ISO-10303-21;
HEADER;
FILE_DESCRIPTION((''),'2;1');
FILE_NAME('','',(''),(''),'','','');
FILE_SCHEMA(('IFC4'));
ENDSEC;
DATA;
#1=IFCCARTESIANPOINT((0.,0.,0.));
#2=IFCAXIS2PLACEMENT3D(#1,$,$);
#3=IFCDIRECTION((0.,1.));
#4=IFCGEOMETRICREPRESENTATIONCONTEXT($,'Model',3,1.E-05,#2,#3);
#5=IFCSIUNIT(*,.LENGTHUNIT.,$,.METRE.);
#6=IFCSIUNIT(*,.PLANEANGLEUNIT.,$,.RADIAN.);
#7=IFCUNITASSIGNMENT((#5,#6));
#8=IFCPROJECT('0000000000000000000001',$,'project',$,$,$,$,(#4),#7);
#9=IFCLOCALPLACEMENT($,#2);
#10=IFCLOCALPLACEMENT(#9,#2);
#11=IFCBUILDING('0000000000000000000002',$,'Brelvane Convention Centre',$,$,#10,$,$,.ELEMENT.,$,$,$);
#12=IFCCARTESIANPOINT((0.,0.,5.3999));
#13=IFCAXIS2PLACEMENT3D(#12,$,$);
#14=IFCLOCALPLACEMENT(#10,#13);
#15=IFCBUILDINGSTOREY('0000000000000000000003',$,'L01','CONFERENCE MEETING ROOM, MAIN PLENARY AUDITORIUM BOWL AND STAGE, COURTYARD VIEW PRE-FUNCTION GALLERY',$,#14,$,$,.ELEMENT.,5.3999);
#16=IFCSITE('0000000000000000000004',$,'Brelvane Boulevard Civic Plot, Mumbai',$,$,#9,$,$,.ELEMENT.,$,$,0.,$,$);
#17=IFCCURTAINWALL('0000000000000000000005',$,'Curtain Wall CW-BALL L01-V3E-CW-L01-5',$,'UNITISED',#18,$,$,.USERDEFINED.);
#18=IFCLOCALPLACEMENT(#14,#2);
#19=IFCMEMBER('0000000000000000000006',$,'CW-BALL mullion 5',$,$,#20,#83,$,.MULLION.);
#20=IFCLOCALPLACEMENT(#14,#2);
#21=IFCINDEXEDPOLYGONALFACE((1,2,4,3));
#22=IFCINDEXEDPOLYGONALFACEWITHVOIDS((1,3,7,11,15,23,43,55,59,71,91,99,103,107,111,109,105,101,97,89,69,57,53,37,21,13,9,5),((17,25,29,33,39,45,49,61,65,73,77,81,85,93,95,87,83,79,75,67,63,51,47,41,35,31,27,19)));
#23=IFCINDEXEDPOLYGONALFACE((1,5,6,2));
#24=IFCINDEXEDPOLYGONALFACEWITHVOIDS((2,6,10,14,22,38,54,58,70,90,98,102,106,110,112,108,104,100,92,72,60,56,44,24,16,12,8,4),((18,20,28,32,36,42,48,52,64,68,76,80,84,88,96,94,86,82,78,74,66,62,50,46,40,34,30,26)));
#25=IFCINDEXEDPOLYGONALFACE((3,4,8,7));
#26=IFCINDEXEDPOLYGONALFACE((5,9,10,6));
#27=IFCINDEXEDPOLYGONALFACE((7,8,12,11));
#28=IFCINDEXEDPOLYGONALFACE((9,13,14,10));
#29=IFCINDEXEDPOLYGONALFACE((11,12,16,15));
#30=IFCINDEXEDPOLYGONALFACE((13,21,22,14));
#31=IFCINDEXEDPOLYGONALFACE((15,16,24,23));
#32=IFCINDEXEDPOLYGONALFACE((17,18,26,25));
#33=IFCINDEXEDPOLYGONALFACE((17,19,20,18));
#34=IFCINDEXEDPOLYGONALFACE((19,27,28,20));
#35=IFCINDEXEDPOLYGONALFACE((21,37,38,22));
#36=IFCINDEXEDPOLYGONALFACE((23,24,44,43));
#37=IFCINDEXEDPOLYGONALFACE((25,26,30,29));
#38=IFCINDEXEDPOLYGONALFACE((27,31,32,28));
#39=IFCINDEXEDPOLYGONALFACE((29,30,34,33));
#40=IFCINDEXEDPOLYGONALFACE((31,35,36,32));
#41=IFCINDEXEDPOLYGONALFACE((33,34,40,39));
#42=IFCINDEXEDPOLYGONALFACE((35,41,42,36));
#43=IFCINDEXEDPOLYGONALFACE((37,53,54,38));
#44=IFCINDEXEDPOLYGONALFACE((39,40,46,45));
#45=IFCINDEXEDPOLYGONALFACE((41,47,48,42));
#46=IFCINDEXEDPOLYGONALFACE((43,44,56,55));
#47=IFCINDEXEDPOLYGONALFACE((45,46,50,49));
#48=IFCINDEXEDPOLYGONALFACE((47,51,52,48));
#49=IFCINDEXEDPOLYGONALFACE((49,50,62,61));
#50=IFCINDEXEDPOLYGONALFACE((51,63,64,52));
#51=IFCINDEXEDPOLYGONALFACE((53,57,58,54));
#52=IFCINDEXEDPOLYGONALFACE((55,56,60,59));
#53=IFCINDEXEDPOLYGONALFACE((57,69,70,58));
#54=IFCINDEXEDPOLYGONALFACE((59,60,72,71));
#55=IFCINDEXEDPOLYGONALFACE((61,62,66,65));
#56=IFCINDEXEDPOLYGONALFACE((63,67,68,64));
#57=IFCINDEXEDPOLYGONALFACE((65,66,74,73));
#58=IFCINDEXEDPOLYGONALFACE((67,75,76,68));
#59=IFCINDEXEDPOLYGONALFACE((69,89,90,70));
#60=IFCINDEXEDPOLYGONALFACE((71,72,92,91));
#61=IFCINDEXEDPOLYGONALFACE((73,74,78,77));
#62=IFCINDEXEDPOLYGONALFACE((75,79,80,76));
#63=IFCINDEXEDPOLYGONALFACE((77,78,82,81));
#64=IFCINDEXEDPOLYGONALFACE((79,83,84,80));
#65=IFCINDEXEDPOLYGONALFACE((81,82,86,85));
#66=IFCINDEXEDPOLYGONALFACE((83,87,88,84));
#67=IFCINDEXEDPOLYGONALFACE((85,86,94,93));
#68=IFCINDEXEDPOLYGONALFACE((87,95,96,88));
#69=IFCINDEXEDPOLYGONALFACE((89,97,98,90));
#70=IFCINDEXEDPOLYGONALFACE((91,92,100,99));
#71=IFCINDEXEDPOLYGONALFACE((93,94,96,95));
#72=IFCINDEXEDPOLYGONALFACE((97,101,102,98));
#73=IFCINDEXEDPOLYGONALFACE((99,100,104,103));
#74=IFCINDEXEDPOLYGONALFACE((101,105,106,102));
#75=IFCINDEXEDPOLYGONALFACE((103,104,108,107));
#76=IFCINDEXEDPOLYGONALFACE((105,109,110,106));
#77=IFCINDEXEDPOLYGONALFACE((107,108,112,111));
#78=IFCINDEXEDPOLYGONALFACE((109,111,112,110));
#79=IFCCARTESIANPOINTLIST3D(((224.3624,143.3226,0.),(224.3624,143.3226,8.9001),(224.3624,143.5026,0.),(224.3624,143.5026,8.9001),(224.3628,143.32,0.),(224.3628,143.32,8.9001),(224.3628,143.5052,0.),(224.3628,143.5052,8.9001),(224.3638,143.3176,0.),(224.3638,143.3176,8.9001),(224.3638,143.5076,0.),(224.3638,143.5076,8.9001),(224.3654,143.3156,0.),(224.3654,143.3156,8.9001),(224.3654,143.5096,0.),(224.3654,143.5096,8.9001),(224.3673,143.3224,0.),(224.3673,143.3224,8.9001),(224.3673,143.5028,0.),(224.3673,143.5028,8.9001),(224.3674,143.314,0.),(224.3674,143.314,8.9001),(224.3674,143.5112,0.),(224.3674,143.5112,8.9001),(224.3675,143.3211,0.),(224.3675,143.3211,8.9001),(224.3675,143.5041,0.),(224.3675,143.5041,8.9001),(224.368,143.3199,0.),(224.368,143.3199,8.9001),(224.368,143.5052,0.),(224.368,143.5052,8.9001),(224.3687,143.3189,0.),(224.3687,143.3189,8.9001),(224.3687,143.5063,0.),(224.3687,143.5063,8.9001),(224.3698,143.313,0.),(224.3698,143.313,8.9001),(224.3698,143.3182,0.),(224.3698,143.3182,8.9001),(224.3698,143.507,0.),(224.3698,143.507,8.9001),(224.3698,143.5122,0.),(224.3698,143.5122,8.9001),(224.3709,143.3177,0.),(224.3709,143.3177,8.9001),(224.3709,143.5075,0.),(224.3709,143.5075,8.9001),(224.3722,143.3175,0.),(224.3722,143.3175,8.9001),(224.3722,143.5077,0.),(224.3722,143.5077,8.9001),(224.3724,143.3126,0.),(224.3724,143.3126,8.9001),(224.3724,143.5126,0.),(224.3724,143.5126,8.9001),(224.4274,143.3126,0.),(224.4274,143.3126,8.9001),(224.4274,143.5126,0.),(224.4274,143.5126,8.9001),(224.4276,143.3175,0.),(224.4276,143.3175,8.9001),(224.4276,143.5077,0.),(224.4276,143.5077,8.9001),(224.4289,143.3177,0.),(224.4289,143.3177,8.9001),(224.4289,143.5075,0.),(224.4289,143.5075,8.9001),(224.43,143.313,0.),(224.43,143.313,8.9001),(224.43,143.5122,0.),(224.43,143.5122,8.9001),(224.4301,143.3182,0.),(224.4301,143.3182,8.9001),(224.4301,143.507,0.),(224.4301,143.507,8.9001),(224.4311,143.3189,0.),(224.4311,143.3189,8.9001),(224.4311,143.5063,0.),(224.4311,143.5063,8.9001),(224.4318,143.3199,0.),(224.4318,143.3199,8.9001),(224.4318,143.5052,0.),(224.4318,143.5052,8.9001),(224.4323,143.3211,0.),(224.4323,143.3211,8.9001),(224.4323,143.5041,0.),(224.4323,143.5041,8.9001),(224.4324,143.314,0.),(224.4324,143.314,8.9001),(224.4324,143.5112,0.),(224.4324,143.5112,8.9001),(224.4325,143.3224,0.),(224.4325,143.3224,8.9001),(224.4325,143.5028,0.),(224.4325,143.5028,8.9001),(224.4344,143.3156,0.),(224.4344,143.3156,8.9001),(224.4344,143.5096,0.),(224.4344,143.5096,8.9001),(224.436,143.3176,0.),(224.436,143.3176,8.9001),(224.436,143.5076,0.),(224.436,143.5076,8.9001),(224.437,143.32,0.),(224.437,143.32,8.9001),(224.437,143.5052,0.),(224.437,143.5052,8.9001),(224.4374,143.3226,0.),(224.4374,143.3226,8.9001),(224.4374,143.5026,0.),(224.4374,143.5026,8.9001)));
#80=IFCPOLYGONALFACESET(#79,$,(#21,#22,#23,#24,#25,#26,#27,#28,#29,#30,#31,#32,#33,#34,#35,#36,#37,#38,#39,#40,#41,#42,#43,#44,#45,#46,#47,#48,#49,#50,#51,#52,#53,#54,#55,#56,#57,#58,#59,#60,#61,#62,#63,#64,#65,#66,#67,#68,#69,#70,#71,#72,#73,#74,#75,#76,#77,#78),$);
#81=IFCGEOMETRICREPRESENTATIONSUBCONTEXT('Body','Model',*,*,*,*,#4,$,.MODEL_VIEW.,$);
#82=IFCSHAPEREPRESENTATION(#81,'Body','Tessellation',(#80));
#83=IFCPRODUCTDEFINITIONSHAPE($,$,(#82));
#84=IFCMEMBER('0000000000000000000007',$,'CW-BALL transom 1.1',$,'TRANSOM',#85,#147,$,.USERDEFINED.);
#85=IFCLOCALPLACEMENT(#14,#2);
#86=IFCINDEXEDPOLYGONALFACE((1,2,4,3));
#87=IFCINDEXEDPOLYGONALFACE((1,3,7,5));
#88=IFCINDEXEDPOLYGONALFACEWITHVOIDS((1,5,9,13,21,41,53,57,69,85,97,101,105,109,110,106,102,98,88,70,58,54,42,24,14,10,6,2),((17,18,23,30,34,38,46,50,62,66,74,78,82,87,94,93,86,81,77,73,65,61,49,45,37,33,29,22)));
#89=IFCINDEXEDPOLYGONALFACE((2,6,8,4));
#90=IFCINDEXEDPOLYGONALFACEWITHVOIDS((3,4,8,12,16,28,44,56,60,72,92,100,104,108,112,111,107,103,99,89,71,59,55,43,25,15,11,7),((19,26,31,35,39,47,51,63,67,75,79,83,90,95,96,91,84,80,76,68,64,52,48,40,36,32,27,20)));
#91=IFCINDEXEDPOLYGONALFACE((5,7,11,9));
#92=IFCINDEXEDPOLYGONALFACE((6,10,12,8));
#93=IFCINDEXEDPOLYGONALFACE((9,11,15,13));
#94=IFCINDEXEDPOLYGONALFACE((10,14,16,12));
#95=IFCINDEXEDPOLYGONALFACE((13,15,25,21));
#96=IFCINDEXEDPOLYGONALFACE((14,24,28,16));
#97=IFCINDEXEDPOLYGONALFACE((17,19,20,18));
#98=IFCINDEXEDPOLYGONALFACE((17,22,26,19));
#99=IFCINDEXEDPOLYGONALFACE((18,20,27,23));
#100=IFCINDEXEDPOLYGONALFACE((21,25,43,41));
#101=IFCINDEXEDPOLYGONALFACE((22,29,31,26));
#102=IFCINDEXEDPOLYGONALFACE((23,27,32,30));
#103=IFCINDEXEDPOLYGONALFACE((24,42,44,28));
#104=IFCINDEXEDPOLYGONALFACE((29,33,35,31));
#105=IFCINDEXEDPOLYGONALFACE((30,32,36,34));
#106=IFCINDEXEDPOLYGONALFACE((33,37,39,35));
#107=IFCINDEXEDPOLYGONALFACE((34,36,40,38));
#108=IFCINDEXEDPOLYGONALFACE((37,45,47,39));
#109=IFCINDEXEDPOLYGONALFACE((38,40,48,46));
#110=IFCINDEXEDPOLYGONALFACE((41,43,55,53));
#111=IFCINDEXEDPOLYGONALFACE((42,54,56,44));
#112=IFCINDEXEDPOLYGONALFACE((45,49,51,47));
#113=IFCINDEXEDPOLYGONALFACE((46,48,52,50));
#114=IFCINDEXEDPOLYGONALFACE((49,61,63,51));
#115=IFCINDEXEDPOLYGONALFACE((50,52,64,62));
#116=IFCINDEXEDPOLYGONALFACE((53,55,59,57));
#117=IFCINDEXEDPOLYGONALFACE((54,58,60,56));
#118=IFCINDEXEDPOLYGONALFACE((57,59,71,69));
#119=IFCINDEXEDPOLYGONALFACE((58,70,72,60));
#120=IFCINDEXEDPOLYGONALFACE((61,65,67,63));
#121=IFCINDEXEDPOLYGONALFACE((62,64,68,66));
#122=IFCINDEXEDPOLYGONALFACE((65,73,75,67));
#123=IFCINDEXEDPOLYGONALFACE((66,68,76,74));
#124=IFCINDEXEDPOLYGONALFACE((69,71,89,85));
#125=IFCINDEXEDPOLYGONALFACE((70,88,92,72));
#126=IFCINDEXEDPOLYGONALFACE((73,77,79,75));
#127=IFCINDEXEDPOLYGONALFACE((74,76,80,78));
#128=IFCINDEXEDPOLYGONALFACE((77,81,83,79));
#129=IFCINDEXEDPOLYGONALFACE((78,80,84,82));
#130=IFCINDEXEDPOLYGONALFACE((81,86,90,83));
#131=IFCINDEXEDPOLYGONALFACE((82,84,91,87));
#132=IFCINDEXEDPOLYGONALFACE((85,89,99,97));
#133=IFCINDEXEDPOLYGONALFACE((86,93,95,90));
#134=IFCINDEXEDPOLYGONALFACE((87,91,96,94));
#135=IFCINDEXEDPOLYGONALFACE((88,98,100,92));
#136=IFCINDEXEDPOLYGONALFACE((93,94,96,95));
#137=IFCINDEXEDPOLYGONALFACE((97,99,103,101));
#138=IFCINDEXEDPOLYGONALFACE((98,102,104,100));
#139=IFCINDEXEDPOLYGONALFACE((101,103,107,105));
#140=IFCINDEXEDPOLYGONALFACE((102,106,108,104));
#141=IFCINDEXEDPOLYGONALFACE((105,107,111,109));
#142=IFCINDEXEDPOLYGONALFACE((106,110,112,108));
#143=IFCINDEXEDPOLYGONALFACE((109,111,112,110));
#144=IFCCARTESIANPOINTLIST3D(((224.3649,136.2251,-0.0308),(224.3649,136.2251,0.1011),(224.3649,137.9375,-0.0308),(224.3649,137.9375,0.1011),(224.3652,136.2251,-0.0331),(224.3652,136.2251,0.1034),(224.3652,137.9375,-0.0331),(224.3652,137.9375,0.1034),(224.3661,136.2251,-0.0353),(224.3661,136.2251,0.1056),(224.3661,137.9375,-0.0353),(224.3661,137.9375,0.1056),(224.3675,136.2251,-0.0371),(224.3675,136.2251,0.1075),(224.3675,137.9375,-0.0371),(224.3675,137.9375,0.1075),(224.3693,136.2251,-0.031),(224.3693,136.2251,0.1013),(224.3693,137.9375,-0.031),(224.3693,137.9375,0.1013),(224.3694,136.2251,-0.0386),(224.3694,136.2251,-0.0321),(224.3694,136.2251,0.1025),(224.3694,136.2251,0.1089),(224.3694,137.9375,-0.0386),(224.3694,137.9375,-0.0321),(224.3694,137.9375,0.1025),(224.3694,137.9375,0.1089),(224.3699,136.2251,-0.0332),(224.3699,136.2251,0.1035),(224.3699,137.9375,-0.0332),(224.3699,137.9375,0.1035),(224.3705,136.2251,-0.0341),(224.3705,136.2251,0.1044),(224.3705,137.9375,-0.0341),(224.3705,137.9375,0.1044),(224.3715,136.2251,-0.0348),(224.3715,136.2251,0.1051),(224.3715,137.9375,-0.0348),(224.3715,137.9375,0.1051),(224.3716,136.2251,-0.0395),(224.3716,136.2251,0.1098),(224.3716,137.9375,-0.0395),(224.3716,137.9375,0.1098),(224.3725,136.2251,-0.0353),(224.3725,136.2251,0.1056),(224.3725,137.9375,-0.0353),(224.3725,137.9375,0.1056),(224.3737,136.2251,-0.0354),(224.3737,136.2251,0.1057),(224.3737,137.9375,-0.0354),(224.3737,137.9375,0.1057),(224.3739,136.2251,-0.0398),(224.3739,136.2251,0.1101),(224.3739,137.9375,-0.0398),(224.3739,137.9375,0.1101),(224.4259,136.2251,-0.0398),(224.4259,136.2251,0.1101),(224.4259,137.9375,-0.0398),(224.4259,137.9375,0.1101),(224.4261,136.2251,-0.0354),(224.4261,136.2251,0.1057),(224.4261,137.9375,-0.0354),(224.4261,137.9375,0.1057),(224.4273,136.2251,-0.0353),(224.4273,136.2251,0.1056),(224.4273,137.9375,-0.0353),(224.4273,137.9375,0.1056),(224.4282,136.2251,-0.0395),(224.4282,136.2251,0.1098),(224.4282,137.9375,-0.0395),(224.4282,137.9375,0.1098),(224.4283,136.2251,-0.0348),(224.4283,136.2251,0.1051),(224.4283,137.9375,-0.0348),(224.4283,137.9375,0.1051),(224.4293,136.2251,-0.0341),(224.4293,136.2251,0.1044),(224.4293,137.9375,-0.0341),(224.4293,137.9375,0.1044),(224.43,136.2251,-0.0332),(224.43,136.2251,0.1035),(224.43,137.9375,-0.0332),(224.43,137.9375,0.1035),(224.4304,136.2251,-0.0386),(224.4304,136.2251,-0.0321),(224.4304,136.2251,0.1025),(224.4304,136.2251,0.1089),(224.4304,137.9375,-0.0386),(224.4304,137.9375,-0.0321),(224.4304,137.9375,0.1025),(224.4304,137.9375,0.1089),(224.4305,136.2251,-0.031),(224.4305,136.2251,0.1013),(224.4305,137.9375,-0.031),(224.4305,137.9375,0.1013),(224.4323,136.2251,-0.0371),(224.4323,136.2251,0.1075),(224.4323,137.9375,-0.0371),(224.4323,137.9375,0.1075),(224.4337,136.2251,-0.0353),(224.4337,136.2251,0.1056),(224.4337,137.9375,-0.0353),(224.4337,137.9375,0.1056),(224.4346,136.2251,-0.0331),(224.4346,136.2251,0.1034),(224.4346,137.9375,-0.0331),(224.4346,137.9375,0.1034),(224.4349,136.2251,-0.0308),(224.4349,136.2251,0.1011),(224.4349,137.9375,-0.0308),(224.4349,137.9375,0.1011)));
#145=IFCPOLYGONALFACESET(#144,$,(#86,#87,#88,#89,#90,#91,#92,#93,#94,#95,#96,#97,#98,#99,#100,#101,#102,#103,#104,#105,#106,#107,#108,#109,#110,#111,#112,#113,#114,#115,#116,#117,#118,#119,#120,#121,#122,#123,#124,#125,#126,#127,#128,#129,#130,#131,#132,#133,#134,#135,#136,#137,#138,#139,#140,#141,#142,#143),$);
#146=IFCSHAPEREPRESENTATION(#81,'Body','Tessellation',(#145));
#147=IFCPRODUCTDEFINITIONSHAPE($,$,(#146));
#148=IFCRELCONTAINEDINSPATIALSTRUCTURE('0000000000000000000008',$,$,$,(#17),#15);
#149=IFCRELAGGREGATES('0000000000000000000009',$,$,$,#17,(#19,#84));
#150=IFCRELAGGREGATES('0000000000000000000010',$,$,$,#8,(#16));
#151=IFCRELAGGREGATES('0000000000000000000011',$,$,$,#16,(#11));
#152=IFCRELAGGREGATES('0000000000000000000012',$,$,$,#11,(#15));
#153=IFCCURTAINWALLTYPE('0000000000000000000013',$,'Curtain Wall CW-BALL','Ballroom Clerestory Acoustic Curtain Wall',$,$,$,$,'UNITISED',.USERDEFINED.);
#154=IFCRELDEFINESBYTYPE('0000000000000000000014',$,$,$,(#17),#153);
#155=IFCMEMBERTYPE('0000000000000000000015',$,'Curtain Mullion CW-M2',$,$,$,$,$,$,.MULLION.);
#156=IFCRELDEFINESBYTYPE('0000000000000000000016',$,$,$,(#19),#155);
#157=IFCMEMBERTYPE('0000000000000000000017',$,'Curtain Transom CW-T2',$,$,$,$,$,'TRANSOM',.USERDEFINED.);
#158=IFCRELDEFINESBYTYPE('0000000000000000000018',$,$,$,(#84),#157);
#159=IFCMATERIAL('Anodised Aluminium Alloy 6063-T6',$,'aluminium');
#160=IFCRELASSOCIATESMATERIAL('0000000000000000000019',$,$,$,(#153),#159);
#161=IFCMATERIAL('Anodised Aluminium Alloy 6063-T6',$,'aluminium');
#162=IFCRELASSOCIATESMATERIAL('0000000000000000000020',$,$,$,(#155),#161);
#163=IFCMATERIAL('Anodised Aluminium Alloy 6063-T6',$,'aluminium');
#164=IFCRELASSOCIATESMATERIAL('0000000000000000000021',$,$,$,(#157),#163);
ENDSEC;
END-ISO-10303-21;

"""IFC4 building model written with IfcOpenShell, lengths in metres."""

from ifc_helpers import new_model, si_unit, direction, frame, origin, origin_2d, place, context, subcontext, project, spatial, hollow_rectangle, extrude, material, material_profile, profile_set, type_object, element, aggregate, save


model = new_model("IFC4")

# Units and contexts
model_context = context("Model", 3, precision=1e-05, world=origin(), true_north=direction((0.0, 1.0)))
body_context = subcontext(model_context, "Body", "Model", "MODEL_VIEW")
ifc_project = project(units=[si_unit("LENGTHUNIT", "METRE"), si_unit("PLANEANGLEUNIT", "RADIAN")], contexts=[model_context])

# Site, building, storey
site_placement = place(None, origin())
site = spatial("IfcSite", under=ifc_project, at=site_placement, Name="Brelvane Boulevard Civic Plot, Mumbai", CompositionType="ELEMENT", RefElevation=0.0)
building_placement = place(site_placement, origin())
building = spatial("IfcBuilding", under=site, at=building_placement, Name="Brelvane Convention Centre", CompositionType="ELEMENT")
storey_placement = place(building_placement, frame((0.0, 0.0, 5.3999)))
storey = spatial("IfcBuildingStorey", under=building, at=storey_placement, Name="L01", Description="CONFERENCE MEETING ROOM, MAIN PLENARY AUDITORIUM BOWL AND STAGE, COURTYARD VIEW PRE-FUNCTION GALLERY", CompositionType="ELEMENT", Elevation=5.3999)

# Curtain wall, members
ifc_material_1 = material(Name="Anodised Aluminium Alloy 6063-T6", Category="aluminium")
curtain_wall_type = type_object("IfcCurtainWallType", Name="Curtain Wall CW-BALL", Description="Ballroom Clerestory Acoustic Curtain Wall", ElementType="UNITISED", PredefinedType="USERDEFINED", material=ifc_material_1)
curtain_wall_placement = place(storey_placement, origin())
curtain_wall = element("IfcCurtainWall", 1, at=curtain_wall_placement, inside=storey, type_object=curtain_wall_type, Name="Curtain Wall CW-BALL L01-V3E-CW-L01-5", ObjectType="UNITISED", PredefinedType="USERDEFINED")
ifc_material_2 = material(Name="Anodised Aluminium Alloy 6063-T6", Category="aluminium")
ifc_material_profile_1 = material_profile(ifc_material_2, hollow_rectangle(XDim=0.075, YDim=0.2, WallThickness=0.0049, InnerFilletRadius=0.0049, OuterFilletRadius=0.01, at=origin_2d()), Name="ALU-M 200x75x5.0")
ifc_profile_set_1 = profile_set([ifc_material_profile_1], Name="Anodised Aluminium Alloy 6063-T6")
member_type_1 = type_object("IfcMemberType", Name="Curtain Mullion CW-M2", PredefinedType="MULLION", material=ifc_profile_set_1)
member_1_placement = place(storey_placement, frame((224.3999, 143.4126, 0.0), z_axis=(0.0, 0.0, 1.0), x_axis=(-1.0, 0.0, 0.0)))
member_1 = element("IfcMember", 2, at=member_1_placement, type_object=member_type_1, Name="CW-BALL mullion 5", PredefinedType="MULLION", context=body_context, shape_type="SweptSolid", body=[
    extrude(hollow_rectangle(XDim=0.075, YDim=0.2, WallThickness=0.0049, InnerFilletRadius=0.0049, OuterFilletRadius=0.01, at=origin_2d()), origin(), (0.0, 0.0, 1.0), 8.9001),
])
ifc_material_3 = material(Name="Anodised Aluminium Alloy 6063-T6", Category="aluminium")
ifc_material_profile_2 = material_profile(ifc_material_3, hollow_rectangle(XDim=0.0701, YDim=0.1499, WallThickness=0.0044, InnerFilletRadius=0.0044, OuterFilletRadius=0.009, at=origin_2d()), Name="ALU-T 150x70x4.5")
ifc_profile_set_2 = profile_set([ifc_material_profile_2], Name="Anodised Aluminium Alloy 6063-T6")
member_type_2 = type_object("IfcMemberType", Name="Curtain Transom CW-T2", ElementType="TRANSOM", PredefinedType="USERDEFINED", material=ifc_profile_set_2)
member_2_placement = place(storey_placement, frame((224.3999, 136.2251, 0.0352), z_axis=(0.0, 1.0, 0.0), x_axis=(-1.0, 0.0, 0.0)))
member_2 = element("IfcMember", 3, at=member_2_placement, type_object=member_type_2, Name="CW-BALL transom 1.1", ObjectType="TRANSOM", PredefinedType="USERDEFINED", context=body_context, shape_type="SweptSolid", body=[
    extrude(hollow_rectangle(XDim=0.0701, YDim=0.1499, WallThickness=0.0044, InnerFilletRadius=0.0044, OuterFilletRadius=0.009, at=origin_2d()), origin(), (0.0, 0.0, 1.0), 1.7124),
])
aggregate(curtain_wall, [member_1, member_2])

save(model, "model.ifc")
